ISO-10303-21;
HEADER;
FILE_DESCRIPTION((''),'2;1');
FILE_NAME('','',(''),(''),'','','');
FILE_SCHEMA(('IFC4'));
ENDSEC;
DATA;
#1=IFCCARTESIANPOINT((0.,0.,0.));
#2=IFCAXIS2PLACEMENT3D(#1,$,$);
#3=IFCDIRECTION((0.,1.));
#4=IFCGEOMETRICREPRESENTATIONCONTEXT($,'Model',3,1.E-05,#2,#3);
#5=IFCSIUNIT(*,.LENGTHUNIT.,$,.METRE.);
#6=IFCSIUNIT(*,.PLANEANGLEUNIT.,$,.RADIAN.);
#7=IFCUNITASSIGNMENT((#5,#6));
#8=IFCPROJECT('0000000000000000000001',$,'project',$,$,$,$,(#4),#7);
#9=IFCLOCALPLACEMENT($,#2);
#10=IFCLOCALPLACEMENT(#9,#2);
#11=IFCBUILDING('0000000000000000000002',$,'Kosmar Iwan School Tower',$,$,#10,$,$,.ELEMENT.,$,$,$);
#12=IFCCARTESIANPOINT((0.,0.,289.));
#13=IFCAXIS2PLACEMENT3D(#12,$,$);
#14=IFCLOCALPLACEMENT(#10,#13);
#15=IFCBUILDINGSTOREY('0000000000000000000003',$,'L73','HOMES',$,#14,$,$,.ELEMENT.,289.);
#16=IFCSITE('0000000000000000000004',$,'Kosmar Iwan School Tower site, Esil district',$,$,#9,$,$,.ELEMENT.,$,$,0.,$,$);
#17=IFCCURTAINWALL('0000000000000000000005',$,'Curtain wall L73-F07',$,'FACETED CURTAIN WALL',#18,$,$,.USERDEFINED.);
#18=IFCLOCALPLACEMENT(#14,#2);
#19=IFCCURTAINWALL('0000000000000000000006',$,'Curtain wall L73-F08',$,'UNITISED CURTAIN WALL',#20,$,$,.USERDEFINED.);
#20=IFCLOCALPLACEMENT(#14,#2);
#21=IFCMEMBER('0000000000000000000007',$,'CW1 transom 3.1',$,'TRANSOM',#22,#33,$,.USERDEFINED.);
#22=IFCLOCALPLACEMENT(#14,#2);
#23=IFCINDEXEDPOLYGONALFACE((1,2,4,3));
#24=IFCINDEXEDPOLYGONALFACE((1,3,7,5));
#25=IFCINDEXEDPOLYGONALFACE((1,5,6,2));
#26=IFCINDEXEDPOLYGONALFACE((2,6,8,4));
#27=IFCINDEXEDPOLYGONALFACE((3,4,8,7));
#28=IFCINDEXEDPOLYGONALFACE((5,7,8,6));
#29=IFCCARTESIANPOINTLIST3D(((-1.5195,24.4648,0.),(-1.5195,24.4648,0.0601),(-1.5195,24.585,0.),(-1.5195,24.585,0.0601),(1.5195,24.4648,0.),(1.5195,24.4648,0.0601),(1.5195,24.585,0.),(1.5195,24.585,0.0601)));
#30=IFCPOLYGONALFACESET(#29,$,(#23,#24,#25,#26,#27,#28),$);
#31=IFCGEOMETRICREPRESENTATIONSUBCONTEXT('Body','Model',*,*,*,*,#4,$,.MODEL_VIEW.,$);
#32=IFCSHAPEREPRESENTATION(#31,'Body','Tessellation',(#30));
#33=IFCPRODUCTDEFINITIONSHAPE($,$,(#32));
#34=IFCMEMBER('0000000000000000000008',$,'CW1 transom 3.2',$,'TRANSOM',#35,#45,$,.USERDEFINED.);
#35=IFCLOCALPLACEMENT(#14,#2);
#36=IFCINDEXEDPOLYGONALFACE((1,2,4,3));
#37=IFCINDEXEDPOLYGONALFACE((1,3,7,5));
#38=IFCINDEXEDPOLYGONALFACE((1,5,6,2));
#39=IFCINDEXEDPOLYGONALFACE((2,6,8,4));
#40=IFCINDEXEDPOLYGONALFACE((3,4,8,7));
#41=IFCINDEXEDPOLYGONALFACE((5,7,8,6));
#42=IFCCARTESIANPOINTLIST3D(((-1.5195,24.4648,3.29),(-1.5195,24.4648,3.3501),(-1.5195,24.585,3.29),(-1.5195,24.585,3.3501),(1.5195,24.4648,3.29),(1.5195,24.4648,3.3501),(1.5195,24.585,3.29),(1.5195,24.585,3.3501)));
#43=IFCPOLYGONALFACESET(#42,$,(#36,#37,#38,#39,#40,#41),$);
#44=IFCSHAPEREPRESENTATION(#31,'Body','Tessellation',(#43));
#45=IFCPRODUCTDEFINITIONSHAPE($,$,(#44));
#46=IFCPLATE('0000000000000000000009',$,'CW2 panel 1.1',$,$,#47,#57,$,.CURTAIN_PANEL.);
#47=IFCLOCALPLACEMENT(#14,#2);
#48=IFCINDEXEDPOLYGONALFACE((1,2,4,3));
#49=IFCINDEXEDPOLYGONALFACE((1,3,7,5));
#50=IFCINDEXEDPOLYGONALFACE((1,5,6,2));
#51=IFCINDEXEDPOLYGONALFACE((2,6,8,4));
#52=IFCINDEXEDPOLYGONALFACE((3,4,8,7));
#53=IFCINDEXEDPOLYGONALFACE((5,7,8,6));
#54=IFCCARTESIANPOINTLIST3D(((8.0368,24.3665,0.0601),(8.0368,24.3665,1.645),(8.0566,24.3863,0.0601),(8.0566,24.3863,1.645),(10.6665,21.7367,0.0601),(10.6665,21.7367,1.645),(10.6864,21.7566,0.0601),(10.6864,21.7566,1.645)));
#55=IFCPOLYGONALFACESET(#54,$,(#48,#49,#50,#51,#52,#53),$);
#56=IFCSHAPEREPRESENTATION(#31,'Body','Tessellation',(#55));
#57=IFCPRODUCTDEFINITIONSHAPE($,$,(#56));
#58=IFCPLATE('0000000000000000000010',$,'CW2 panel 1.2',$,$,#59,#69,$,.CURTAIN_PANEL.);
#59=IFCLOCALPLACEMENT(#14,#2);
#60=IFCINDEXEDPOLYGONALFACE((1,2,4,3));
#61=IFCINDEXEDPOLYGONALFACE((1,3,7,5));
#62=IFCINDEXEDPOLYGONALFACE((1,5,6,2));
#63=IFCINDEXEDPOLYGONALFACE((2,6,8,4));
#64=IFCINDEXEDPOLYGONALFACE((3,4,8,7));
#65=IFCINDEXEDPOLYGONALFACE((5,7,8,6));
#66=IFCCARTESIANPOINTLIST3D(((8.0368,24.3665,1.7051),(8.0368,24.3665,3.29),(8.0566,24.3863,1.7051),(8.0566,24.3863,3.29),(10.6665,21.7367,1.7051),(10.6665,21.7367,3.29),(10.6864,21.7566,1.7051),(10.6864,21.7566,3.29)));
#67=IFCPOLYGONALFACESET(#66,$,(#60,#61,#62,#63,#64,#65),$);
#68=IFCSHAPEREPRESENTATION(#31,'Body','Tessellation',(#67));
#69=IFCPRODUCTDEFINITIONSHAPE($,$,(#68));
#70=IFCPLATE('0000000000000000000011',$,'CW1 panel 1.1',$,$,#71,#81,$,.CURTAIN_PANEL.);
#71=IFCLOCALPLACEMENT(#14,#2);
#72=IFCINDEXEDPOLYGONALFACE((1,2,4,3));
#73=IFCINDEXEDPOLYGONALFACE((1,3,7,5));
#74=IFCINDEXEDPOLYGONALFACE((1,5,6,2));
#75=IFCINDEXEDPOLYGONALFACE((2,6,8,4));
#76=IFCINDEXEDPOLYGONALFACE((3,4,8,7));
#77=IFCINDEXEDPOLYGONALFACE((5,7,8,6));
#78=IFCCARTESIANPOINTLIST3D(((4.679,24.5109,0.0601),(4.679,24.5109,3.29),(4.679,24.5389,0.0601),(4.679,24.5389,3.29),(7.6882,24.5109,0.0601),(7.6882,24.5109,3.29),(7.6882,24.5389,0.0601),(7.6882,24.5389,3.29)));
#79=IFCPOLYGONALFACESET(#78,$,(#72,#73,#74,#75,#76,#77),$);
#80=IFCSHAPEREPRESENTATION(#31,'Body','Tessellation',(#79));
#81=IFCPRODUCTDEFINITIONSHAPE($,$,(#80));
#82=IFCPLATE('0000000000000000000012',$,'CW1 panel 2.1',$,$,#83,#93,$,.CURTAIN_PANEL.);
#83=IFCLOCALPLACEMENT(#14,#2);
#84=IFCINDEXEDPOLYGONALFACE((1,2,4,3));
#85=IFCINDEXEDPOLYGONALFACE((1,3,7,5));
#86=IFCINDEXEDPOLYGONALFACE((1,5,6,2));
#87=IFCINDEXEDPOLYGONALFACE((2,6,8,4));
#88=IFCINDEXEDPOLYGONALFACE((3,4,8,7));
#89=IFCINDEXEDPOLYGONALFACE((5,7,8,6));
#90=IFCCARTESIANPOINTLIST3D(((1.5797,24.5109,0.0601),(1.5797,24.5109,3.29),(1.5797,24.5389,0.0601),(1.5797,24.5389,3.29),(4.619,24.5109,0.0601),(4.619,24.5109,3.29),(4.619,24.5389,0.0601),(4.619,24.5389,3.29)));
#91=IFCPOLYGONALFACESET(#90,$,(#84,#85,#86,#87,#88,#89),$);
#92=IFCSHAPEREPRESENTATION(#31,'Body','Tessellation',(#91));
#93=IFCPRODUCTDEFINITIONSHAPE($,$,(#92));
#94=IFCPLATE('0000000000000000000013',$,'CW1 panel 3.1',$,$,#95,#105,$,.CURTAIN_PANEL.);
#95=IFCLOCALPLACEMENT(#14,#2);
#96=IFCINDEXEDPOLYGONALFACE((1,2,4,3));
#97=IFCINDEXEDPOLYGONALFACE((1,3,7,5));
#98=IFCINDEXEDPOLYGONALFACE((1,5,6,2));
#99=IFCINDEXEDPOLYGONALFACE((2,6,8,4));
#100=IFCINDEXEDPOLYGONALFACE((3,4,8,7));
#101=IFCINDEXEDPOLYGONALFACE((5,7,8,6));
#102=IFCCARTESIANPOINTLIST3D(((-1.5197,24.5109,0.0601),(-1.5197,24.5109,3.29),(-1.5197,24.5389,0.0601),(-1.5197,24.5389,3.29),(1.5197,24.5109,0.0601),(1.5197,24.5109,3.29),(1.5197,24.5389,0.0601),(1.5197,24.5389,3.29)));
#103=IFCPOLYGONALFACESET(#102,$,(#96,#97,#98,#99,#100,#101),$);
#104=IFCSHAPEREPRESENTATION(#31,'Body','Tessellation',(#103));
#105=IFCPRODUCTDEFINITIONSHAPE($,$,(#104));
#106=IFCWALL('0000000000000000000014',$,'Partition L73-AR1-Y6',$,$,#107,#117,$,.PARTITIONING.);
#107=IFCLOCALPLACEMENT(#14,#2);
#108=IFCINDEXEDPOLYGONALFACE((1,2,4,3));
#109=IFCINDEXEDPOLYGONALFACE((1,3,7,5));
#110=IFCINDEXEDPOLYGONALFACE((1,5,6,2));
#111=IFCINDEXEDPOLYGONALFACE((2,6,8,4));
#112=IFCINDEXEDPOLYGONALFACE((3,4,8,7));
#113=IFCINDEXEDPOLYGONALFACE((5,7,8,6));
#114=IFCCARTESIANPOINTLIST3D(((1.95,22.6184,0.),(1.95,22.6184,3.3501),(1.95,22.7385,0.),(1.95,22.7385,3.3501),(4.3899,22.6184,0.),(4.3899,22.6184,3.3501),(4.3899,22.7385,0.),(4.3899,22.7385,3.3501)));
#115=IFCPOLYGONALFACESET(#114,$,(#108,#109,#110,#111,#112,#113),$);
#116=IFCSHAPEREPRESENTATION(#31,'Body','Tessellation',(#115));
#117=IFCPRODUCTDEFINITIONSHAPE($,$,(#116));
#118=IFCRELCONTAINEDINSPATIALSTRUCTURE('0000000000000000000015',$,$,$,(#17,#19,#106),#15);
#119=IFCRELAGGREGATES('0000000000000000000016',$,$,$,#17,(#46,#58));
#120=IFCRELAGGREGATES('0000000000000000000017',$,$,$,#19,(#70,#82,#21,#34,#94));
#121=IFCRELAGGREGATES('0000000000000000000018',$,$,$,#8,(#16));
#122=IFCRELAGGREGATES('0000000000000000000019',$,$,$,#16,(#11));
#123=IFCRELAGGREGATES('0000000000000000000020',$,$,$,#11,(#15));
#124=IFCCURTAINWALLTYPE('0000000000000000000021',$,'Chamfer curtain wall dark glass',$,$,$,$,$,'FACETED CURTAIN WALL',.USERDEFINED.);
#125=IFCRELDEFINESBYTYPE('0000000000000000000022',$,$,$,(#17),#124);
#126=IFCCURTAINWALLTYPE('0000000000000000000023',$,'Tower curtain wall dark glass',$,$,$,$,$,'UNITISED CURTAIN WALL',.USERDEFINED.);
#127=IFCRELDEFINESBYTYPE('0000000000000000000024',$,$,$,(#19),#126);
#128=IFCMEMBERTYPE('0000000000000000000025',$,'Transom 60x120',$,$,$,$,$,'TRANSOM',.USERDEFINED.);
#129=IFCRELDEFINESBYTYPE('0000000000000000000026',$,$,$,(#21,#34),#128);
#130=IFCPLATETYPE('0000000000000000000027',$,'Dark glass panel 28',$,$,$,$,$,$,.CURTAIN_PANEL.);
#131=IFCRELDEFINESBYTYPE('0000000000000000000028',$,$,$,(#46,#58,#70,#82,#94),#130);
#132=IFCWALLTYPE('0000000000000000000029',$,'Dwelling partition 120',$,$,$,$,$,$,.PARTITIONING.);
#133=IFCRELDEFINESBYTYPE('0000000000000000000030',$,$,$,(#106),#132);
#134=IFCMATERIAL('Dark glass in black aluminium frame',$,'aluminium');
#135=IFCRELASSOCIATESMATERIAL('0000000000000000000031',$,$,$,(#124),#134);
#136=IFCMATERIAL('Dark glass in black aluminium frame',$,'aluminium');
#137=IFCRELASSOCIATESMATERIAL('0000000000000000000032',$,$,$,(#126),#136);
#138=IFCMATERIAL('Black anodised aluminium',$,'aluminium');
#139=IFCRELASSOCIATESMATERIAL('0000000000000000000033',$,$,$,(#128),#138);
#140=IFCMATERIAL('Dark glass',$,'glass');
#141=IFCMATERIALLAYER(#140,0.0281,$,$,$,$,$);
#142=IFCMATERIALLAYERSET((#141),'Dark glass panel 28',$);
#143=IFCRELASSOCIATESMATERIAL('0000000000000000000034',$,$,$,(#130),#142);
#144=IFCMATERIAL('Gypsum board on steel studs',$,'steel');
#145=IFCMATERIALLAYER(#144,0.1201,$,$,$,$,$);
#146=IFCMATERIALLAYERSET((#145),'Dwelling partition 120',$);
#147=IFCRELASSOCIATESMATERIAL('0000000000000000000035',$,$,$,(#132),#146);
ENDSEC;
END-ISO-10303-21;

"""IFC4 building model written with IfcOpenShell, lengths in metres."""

from ifc_helpers import new_model, si_unit, direction, frame, frame_2d, origin, origin_2d, place, context, subcontext, project, spatial, rectangle, extrude, material, layer, layer_set, material_profile, profile_set, type_object, element, aggregate, save


model = new_model("IFC4")

# Units and contexts
model_context = context("Model", 3, precision=1e-05, world=origin(), true_north=direction((0.0, 1.0)))
body_context = subcontext(model_context, "Body", "Model", "MODEL_VIEW")
ifc_project = project(units=[si_unit("LENGTHUNIT", "METRE"), si_unit("PLANEANGLEUNIT", "RADIAN")], contexts=[model_context])

# Site, building, storey
site_placement = place(None, origin())
site = spatial("IfcSite", under=ifc_project, at=site_placement, Name="Kosmar Iwan School Tower site, Esil district", CompositionType="ELEMENT", RefElevation=0.0)
building_placement = place(site_placement, origin())
building = spatial("IfcBuilding", under=site, at=building_placement, Name="Kosmar Iwan School Tower", CompositionType="ELEMENT")
storey_placement = place(building_placement, frame((0.0, 0.0, 289.0)))
storey = spatial("IfcBuildingStorey", under=building, at=storey_placement, Name="L73", Description="HOMES", CompositionType="ELEMENT", Elevation=289.0)

# Curtain wall
ifc_material_1 = material(Name="Dark glass in black aluminium frame", Category="aluminium")
curtain_wall_type_1 = type_object("IfcCurtainWallType", Name="Chamfer curtain wall dark glass", ElementType="FACETED CURTAIN WALL", PredefinedType="USERDEFINED", material=ifc_material_1)
curtain_wall_1_placement = place(storey_placement, origin())
curtain_wall_1 = element("IfcCurtainWall", 1, at=curtain_wall_1_placement, inside=storey, type_object=curtain_wall_type_1, Name="Curtain wall L73-F07", ObjectType="FACETED CURTAIN WALL", PredefinedType="USERDEFINED")

# Curtain wall
ifc_material_2 = material(Name="Dark glass in black aluminium frame", Category="aluminium")
curtain_wall_type_2 = type_object("IfcCurtainWallType", Name="Tower curtain wall dark glass", ElementType="UNITISED CURTAIN WALL", PredefinedType="USERDEFINED", material=ifc_material_2)
curtain_wall_2_placement = place(storey_placement, origin())
curtain_wall_2 = element("IfcCurtainWall", 2, at=curtain_wall_2_placement, inside=storey, type_object=curtain_wall_type_2, Name="Curtain wall L73-F08", ObjectType="UNITISED CURTAIN WALL", PredefinedType="USERDEFINED")

# Members
ifc_material_3 = material(Name="Black anodised aluminium", Category="aluminium")
ifc_material_profile_1 = material_profile(ifc_material_3, rectangle(XDim=0.1201, YDim=0.0601, at=origin_2d()), Name="TRANSOM 60x120")
ifc_profile_set_1 = profile_set([ifc_material_profile_1], Name="Black anodised aluminium")
member_type_1 = type_object("IfcMemberType", Name="Transom 60x120", ElementType="TRANSOM", PredefinedType="USERDEFINED", material=ifc_profile_set_1)
member_1_placement = place(storey_placement, frame((1.5195, 24.5249, 0.03), z_axis=(-1.0, 0.0, 0.0), x_axis=(0.0, -1.0, 0.0)))
member_1 = element("IfcMember", 3, at=member_1_placement, type_object=member_type_1, Name="CW1 transom 3.1", ObjectType="TRANSOM", PredefinedType="USERDEFINED", context=body_context, shape_type="SweptSolid", body=[
    extrude(rectangle(XDim=0.1201, YDim=0.0601, at=origin_2d()), origin(), (0.0, 0.0, 1.0), 3.0391),
])
member_2_placement = place(storey_placement, frame((1.5195, 24.5249, 3.3201), z_axis=(-1.0, 0.0, 0.0), x_axis=(0.0, -1.0, 0.0)))
member_2 = element("IfcMember", 4, at=member_2_placement, type_object=member_type_1, Name="CW1 transom 3.2", ObjectType="TRANSOM", PredefinedType="USERDEFINED", context=body_context, shape_type="SweptSolid", body=[
    extrude(rectangle(XDim=0.1201, YDim=0.0601, at=origin_2d()), origin(), (0.0, 0.0, 1.0), 3.0391),
])

# Plates
ifc_material_4 = material(Name="Dark glass", Category="glass")
ifc_layer_1 = layer(ifc_material_4, 0.0281)
ifc_layer_set_1 = layer_set([ifc_layer_1], Name="Dark glass panel 28")
plate_type = type_object("IfcPlateType", Name="Dark glass panel 28", PredefinedType="CURTAIN_PANEL", material=ifc_layer_set_1)
plate_1_placement = place(storey_placement, frame((9.3616, 23.0615, 0.0601), z_axis=(0.0, 0.0, 1.0), x_axis=(-0.707107, 0.707107, 0.0)))
plate_1 = element("IfcPlate", 5, at=plate_1_placement, type_object=plate_type, Name="CW2 panel 1.1", PredefinedType="CURTAIN_PANEL", context=body_context, shape_type="SweptSolid", body=[
    extrude(rectangle(XDim=3.719, YDim=0.0281, at=origin_2d()), origin(), (0.0, 0.0, 1.0), 1.585),
])
plate_2_placement = place(storey_placement, frame((9.3616, 23.0615, 1.7051), z_axis=(0.0, 0.0, 1.0), x_axis=(-0.707107, 0.707107, 0.0)))
plate_2 = element("IfcPlate", 6, at=plate_2_placement, type_object=plate_type, Name="CW2 panel 1.2", PredefinedType="CURTAIN_PANEL", context=body_context, shape_type="SweptSolid", body=[
    extrude(rectangle(XDim=3.719, YDim=0.0281, at=origin_2d()), origin(), (0.0, 0.0, 1.0), 1.585),
])
aggregate(curtain_wall_1, [plate_1, plate_2])
plate_3_placement = place(storey_placement, frame((6.1836, 24.5249, 0.0601), z_axis=(0.0, 0.0, 1.0), x_axis=(-1.0, 0.0, 0.0)))
plate_3 = element("IfcPlate", 7, at=plate_3_placement, type_object=plate_type, Name="CW1 panel 1.1", PredefinedType="CURTAIN_PANEL", context=body_context, shape_type="SweptSolid", body=[
    extrude(rectangle(XDim=3.0093, YDim=0.0281, at=origin_2d()), origin(), (0.0, 0.0, 1.0), 3.23),
])
plate_4_placement = place(storey_placement, frame((3.0994, 24.5249, 0.0601), z_axis=(0.0, 0.0, 1.0), x_axis=(-1.0, 0.0, 0.0)))
plate_4 = element("IfcPlate", 8, at=plate_4_placement, type_object=plate_type, Name="CW1 panel 2.1", PredefinedType="CURTAIN_PANEL", context=body_context, shape_type="SweptSolid", body=[
    extrude(rectangle(XDim=3.0393, YDim=0.0281, at=origin_2d()), origin(), (0.0, 0.0, 1.0), 3.23),
])
plate_5_placement = place(storey_placement, frame((0.0, 24.5249, 0.0601), z_axis=(0.0, 0.0, 1.0), x_axis=(-1.0, 0.0, 0.0)))
plate_5 = element("IfcPlate", 9, at=plate_5_placement, type_object=plate_type, Name="CW1 panel 3.1", PredefinedType="CURTAIN_PANEL", context=body_context, shape_type="SweptSolid", body=[
    extrude(rectangle(XDim=3.0393, YDim=0.0281, at=origin_2d()), origin(), (0.0, 0.0, 1.0), 3.23),
])
aggregate(curtain_wall_2, [plate_3, plate_4, member_1, member_2, plate_5])

# Wall
ifc_material_5 = material(Name="Gypsum board on steel studs", Category="steel")
ifc_layer_2 = layer(ifc_material_5, 0.1201)
ifc_layer_set_2 = layer_set([ifc_layer_2], Name="Dwelling partition 120")
wall_type = type_object("IfcWallType", Name="Dwelling partition 120", PredefinedType="PARTITIONING", material=ifc_layer_set_2)
wall_placement = place(storey_placement, frame((1.95, 22.6785, 0.0), z_axis=(0.0, 0.0, 1.0), x_axis=(1.0, 0.0, 0.0)))
element("IfcWall", 10, at=wall_placement, inside=storey, type_object=wall_type, Name="Partition L73-AR1-Y6", PredefinedType="PARTITIONING", context=body_context, shape_type="SweptSolid", body=[
    extrude(rectangle(XDim=2.4399, YDim=0.1201, at=frame_2d((1.22, 0.0))), origin(), (0.0, 0.0, 1.0), 3.3501),
])

save(model, "model.ifc")
